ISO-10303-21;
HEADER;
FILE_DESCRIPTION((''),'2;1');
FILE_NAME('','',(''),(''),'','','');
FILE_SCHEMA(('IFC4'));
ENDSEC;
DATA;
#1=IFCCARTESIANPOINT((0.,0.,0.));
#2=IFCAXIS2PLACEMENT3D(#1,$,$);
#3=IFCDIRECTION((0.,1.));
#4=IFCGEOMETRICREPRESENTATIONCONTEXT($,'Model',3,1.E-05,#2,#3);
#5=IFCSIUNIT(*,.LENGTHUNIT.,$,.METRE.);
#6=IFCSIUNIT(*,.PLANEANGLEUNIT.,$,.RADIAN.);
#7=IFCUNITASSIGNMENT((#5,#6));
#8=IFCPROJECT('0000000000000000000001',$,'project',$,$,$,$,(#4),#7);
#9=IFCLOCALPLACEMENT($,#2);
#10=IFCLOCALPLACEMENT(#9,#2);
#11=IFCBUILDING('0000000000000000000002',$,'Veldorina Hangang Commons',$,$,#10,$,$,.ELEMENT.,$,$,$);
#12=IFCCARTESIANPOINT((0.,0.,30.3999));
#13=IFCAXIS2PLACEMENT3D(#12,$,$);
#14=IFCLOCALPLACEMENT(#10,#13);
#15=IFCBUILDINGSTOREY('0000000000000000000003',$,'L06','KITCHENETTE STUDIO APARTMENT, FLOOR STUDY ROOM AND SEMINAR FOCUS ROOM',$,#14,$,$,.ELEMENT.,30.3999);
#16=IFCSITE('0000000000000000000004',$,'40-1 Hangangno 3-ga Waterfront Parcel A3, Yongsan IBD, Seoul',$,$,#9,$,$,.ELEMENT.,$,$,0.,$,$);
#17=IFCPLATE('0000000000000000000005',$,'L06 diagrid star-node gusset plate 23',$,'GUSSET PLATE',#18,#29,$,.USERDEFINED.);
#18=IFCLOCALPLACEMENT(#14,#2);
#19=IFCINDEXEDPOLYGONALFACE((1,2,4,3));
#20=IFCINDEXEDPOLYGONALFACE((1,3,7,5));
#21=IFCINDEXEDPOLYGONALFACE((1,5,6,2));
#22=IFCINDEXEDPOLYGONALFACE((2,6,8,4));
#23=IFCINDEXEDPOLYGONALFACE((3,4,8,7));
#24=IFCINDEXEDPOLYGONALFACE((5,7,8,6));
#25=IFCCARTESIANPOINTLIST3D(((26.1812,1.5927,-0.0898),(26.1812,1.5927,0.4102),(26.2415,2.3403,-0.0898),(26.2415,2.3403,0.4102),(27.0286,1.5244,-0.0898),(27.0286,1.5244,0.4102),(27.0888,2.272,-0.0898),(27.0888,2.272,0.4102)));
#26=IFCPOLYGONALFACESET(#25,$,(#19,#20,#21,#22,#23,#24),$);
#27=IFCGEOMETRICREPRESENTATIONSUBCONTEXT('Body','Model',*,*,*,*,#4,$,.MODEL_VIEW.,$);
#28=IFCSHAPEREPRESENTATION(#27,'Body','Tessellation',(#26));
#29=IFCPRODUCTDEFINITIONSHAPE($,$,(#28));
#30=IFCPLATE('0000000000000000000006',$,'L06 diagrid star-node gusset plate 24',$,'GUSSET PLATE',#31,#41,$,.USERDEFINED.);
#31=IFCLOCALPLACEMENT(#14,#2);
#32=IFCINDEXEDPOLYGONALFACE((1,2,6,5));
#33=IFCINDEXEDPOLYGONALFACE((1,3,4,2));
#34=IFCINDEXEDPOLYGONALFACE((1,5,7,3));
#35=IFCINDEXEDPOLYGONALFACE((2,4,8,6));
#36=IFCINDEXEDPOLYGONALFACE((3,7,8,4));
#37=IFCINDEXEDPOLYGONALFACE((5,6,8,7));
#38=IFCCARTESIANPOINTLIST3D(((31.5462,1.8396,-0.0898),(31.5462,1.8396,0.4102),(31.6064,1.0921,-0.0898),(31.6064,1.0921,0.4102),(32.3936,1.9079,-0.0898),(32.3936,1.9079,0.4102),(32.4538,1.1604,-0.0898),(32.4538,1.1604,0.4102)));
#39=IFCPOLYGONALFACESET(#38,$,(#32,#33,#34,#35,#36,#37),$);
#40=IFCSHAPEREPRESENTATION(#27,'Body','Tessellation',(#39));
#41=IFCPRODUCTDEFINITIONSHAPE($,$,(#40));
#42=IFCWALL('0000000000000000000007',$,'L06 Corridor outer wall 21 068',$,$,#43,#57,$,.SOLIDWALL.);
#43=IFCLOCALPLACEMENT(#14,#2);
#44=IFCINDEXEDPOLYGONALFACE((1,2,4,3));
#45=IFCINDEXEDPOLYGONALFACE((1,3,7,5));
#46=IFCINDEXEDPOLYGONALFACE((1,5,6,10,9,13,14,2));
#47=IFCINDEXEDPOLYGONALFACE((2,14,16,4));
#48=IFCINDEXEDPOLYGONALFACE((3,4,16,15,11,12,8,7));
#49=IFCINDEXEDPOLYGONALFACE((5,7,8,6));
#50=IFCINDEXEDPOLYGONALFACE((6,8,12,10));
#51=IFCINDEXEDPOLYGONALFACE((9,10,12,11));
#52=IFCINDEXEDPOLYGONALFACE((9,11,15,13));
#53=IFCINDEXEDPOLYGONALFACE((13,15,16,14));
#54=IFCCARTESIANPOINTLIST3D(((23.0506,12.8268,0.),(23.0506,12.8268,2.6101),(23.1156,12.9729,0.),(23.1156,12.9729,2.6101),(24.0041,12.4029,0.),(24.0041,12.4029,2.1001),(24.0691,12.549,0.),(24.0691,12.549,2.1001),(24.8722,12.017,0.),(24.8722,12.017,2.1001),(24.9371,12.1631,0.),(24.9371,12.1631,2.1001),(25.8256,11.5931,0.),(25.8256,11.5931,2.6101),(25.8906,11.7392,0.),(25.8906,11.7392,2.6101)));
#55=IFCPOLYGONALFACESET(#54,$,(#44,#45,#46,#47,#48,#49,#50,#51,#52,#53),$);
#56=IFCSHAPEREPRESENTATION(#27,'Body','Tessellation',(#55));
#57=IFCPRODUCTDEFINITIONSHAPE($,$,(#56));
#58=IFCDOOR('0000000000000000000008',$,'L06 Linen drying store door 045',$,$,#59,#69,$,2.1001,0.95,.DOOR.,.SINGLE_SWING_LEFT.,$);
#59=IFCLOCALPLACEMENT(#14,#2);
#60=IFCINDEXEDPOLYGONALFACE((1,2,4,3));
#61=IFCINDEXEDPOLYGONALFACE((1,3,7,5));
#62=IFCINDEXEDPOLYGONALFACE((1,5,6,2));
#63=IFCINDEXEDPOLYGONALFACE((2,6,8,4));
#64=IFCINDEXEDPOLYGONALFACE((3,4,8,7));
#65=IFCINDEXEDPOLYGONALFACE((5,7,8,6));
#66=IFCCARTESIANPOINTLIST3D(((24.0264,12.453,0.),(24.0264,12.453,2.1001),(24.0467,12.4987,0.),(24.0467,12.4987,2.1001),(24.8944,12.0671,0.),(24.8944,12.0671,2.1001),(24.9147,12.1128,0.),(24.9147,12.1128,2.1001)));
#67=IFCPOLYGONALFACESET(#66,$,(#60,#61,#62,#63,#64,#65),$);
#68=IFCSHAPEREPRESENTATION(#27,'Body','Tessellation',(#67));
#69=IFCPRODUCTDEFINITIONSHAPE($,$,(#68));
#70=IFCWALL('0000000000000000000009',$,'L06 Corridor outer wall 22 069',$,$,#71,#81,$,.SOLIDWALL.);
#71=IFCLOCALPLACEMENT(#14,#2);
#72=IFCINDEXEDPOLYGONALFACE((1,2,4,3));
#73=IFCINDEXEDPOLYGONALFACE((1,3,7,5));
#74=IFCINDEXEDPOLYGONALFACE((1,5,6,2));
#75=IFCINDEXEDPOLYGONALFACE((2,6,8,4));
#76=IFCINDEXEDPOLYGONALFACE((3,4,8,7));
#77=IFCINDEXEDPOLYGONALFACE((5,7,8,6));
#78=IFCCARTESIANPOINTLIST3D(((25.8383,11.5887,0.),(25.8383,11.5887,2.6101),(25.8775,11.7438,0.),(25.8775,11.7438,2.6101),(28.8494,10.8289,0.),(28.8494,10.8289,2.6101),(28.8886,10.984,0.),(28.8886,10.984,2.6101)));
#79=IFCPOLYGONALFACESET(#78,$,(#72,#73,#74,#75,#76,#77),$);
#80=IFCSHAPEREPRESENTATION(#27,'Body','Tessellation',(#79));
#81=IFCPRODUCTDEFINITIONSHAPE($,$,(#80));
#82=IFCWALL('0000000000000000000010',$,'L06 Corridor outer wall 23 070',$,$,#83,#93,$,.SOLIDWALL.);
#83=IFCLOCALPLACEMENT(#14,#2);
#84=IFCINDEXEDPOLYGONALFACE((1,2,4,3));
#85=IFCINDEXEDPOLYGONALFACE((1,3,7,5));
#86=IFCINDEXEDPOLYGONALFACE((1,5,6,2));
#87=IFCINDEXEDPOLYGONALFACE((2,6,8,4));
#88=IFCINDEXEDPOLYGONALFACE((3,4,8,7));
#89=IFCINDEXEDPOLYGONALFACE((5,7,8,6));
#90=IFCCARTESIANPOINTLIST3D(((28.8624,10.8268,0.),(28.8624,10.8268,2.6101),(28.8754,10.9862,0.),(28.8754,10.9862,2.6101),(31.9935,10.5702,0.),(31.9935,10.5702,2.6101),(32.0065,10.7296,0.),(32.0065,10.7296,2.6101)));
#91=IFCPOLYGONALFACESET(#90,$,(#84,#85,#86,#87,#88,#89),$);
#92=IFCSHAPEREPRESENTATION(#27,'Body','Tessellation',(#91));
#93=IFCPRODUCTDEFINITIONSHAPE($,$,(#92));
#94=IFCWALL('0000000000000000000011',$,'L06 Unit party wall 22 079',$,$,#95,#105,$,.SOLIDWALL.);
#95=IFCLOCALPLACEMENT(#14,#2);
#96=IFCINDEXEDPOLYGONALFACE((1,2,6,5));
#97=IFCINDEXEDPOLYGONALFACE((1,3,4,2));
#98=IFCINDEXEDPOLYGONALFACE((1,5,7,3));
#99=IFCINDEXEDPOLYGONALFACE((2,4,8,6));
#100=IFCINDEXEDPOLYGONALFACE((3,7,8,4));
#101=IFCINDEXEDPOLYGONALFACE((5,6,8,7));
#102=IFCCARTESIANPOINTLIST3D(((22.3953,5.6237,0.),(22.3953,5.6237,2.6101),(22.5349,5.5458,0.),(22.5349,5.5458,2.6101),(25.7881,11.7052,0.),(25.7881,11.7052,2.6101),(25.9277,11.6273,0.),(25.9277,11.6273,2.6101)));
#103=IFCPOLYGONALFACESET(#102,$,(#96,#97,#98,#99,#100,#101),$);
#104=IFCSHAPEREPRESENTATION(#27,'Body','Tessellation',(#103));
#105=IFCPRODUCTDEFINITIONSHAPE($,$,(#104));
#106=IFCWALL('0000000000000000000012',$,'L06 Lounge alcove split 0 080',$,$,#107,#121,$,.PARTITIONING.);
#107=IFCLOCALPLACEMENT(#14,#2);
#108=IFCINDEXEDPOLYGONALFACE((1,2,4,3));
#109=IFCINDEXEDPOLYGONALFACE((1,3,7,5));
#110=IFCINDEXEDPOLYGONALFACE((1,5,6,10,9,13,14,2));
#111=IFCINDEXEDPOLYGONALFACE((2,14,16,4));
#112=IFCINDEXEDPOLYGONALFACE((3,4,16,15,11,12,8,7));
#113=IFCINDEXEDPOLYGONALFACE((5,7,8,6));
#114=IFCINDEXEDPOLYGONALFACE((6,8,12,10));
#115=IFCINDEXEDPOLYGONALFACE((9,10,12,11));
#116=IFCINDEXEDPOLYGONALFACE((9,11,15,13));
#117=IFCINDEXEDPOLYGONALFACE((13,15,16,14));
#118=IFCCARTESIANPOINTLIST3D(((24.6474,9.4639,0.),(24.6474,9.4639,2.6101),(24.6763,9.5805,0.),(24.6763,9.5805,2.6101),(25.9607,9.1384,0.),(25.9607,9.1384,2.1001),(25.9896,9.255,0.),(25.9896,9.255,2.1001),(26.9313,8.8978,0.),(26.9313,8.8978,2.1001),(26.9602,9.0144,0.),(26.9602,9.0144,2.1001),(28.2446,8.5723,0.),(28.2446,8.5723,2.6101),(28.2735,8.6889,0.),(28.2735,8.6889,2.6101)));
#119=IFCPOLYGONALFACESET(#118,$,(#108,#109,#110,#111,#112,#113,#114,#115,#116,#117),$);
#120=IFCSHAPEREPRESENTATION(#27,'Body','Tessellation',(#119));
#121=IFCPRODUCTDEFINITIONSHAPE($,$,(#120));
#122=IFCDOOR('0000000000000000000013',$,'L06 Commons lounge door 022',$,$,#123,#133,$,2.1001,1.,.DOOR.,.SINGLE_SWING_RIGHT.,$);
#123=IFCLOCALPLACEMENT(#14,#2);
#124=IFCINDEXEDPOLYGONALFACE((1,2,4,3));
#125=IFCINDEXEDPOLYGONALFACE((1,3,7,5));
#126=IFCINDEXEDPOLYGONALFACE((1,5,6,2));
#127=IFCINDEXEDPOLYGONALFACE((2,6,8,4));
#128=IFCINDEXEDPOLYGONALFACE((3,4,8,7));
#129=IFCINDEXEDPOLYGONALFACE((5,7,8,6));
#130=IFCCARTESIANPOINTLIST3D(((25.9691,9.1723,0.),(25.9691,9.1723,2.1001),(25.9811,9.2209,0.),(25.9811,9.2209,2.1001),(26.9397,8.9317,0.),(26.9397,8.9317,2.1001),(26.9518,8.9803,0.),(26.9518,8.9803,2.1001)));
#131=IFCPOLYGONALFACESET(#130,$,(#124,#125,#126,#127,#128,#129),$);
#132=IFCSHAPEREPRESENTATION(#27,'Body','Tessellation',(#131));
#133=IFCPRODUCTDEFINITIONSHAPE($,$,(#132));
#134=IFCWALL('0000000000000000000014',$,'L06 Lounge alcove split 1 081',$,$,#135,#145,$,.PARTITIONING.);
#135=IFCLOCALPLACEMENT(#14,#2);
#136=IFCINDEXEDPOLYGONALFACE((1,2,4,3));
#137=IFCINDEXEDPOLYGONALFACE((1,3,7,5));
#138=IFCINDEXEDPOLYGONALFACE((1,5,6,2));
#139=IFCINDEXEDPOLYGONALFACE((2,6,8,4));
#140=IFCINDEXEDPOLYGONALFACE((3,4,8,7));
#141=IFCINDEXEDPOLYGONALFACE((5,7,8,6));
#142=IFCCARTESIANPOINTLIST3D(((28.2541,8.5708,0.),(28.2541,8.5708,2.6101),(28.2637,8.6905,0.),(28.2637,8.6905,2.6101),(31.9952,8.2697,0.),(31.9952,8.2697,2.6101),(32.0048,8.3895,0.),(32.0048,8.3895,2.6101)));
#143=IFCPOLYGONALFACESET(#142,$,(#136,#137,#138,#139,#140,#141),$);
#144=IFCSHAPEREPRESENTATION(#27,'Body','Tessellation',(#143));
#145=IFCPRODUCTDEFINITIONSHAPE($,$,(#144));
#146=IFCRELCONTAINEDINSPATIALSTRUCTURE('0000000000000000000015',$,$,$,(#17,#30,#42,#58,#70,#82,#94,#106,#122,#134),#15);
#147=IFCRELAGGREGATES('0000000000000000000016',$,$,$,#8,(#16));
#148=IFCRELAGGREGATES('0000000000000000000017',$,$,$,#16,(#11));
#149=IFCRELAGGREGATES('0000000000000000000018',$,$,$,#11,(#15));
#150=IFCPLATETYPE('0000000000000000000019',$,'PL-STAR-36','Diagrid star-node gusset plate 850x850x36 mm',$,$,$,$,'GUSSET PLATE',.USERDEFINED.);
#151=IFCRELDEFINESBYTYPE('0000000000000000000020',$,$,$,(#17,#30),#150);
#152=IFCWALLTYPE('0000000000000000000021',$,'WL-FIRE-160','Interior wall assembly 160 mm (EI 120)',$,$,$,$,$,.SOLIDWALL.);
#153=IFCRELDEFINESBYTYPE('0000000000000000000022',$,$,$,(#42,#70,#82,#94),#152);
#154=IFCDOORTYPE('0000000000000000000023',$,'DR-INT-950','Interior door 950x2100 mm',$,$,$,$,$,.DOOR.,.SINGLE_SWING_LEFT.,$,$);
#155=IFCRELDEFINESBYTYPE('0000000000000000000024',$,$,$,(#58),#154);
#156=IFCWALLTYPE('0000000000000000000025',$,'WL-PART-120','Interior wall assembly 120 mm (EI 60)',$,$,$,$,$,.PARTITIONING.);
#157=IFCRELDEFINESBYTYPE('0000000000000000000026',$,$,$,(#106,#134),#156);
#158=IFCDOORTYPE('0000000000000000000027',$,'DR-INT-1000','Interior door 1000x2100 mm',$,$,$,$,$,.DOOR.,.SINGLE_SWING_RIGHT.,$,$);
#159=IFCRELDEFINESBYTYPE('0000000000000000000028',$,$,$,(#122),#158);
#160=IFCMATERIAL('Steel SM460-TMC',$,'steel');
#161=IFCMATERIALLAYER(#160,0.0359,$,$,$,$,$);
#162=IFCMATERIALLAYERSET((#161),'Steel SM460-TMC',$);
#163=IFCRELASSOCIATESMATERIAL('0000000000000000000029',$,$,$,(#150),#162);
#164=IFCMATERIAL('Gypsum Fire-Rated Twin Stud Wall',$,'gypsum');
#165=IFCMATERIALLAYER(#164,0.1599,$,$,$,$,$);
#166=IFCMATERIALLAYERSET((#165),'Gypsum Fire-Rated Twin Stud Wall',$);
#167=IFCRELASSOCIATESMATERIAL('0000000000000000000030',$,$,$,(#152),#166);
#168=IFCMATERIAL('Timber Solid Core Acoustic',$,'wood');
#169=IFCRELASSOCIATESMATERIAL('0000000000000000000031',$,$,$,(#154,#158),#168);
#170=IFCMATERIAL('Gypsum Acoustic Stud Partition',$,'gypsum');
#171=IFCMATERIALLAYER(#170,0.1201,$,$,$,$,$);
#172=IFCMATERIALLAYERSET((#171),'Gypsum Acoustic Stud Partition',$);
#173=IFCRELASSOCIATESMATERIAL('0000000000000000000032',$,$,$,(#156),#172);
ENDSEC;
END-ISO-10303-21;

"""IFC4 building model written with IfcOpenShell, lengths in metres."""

from ifc_helpers import new_model, si_unit, direction, frame, frame_2d, origin, origin_2d, place, context, subcontext, project, spatial, rectangle, extrude, material, layer, layer_set, type_object, element, fill, save


model = new_model("IFC4")

# Units and contexts
model_context = context("Model", 3, precision=1e-05, world=origin(), true_north=direction((0.0, 1.0)))
body_context = subcontext(model_context, "Body", "Model", "MODEL_VIEW")
ifc_project = project(units=[si_unit("LENGTHUNIT", "METRE"), si_unit("PLANEANGLEUNIT", "RADIAN")], contexts=[model_context])

# Site, building, storey
site_placement = place(None, origin())
site = spatial("IfcSite", under=ifc_project, at=site_placement, Name="40-1 Hangangno 3-ga Waterfront Parcel A3, Yongsan IBD, Seoul", CompositionType="ELEMENT", RefElevation=0.0)
building_placement = place(site_placement, origin())
building = spatial("IfcBuilding", under=site, at=building_placement, Name="Veldorina Hangang Commons", CompositionType="ELEMENT")
storey_placement = place(building_placement, frame((0.0, 0.0, 30.3999)))
storey = spatial("IfcBuildingStorey", under=building, at=storey_placement, Name="L06", Description="KITCHENETTE STUDIO APARTMENT, FLOOR STUDY ROOM AND SEMINAR FOCUS ROOM", CompositionType="ELEMENT", Elevation=30.3999)

# Shared definitions
ifc_material_1 = material(Name="Steel SM460-TMC", Category="steel")

# Plates
ifc_layer_1 = layer(ifc_material_1, 0.0359)
ifc_layer_set_1 = layer_set([ifc_layer_1], Name="Steel SM460-TMC")
plate_type_1 = type_object("IfcPlateType", Name="PL-STAR-36", Description="Diagrid star-node gusset plate 850x850x36 mm", ElementType="GUSSET PLATE", PredefinedType="USERDEFINED", material=ifc_layer_set_1)
for number, where, z_axis, x_axis, name in (
    (1, (26.635, 1.9324, -0.0898), (0.0, 0.0, 1.0), (0.996769, -0.080321, 0.0), "L06 diagrid star-node gusset plate 23"),
    (2, (32.0, 1.5, -0.0898), (0.0, 0.0, 1.0), (0.996769, 0.080321, 0.0), "L06 diagrid star-node gusset plate 24"),
):
    element("IfcPlate", number, at=place(storey_placement, frame(where, z_axis=z_axis, x_axis=x_axis)), inside=storey, type_object=plate_type_1, Name=name, ObjectType="GUSSET PLATE", PredefinedType="USERDEFINED", context=body_context, shape_type="SweptSolid", body=[
        extrude(rectangle(XDim=0.8501, YDim=0.75, at=origin_2d()), origin(), (0.0, 0.0, 1.0), 0.5),
    ])

# Wall, opening, door
ifc_material_2 = material(Name="Gypsum Fire-Rated Twin Stud Wall", Category="gypsum")
ifc_layer_2 = layer(ifc_material_2, 0.1599)
ifc_layer_set_2 = layer_set([ifc_layer_2], Name="Gypsum Fire-Rated Twin Stud Wall")
wall_type_1 = type_object("IfcWallType", Name="WL-FIRE-160", Description="Interior wall assembly 160 mm (EI 120)", PredefinedType="SOLIDWALL", material=ifc_layer_set_2)
wall_1_placement = place(storey_placement, frame((23.083, 12.8999, 0.0), z_axis=(0.0, 0.0, 1.0), x_axis=(0.913768, -0.406235, 0.0)))
wall_1 = element("IfcWall", 3, at=wall_1_placement, inside=storey, type_object=wall_type_1, Name="L06 Corridor outer wall 21 068", PredefinedType="SOLIDWALL", context=body_context, shape_type="SweptSolid", body=[
    extrude(rectangle(XDim=3.0369, YDim=0.1599, at=frame_2d((1.5186, 0.0))), origin(), (0.0, 0.0, 1.0), 2.6101),
])
opening_1_placement = place(wall_1_placement, frame((1.0435, 0.0, 0.0)))
opening_1 = element("IfcOpeningElement", 4, at=opening_1_placement, cuts=wall_1, PredefinedType="OPENING", context=body_context, shape_type="SweptSolid", body=[
    extrude(rectangle(XDim=0.95, YDim=2.1001, at=frame_2d((0.4751, 1.05))), frame((0.0, 0.0898, 0.0), z_axis=(0.0, -1.0, 0.0), x_axis=(1.0, 0.0, 0.0)), (0.0, 0.0, 1.0), 0.1799),
])
ifc_material_3 = material(Name="Timber Solid Core Acoustic", Category="wood")
door_type_1 = type_object("IfcDoorType", Name="DR-INT-950", Description="Interior door 950x2100 mm", OperationType="SINGLE_SWING_LEFT", PredefinedType="DOOR", material=ifc_material_3)
door_1_placement = place(opening_1_placement, origin())
door_1 = element("IfcDoor", 5, at=door_1_placement, inside=storey, type_object=door_type_1, Name="L06 Linen drying store door 045", OperationType="SINGLE_SWING_LEFT", OverallHeight=2.1001, OverallWidth=0.95, PredefinedType="DOOR", context=body_context, shape_type="SweptSolid", body=[
    extrude(rectangle(XDim=0.95, YDim=2.1001, at=frame_2d((0.4751, 1.05))), frame((0.0, 0.0249, 0.0), z_axis=(0.0, -1.0, 0.0), x_axis=(1.0, 0.0, 0.0)), (0.0, 0.0, 1.0), 0.05),
])
fill(opening_1, door_1)

# Walls
wall_2_placement = place(storey_placement, frame((25.8579, 11.6663, 0.0), z_axis=(0.0, 0.0, 1.0), x_axis=(0.969608, -0.244662, 0.0)))
element("IfcWall", 6, at=wall_2_placement, inside=storey, type_object=wall_type_1, Name="L06 Corridor outer wall 22 069", PredefinedType="SOLIDWALL", context=body_context, shape_type="SweptSolid", body=[
    extrude(rectangle(XDim=3.1055, YDim=0.1599, at=frame_2d((1.5527, 0.0))), origin(), (0.0, 0.0, 1.0), 2.6101),
])
wall_3_placement = place(storey_placement, frame((28.8689, 10.9065, 0.0), z_axis=(0.0, 0.0, 1.0), x_axis=(0.996659, -0.081676, 0.0)))
element("IfcWall", 7, at=wall_3_placement, inside=storey, type_object=wall_type_1, Name="L06 Corridor outer wall 23 070", PredefinedType="SOLIDWALL", context=body_context, shape_type="SweptSolid", body=[
    extrude(rectangle(XDim=3.1416, YDim=0.1599, at=frame_2d((1.5708, 0.0))), origin(), (0.0, 0.0, 1.0), 2.6101),
])
wall_4_placement = place(storey_placement, frame((25.8579, 11.6663, 0.0), z_axis=(0.0, 0.0, 1.0), x_axis=(-0.487199, -0.873291, 0.0)))
element("IfcWall", 8, at=wall_4_placement, inside=storey, type_object=wall_type_1, Name="L06 Unit party wall 22 079", PredefinedType="SOLIDWALL", context=body_context, shape_type="SweptSolid", body=[
    extrude(rectangle(XDim=6.9639, YDim=0.1599, at=frame_2d((3.4819, 0.0))), origin(), (0.0, 0.0, 1.0), 2.6101),
])

# Wall, opening, door
ifc_material_4 = material(Name="Gypsum Acoustic Stud Partition", Category="gypsum")
ifc_layer_3 = layer(ifc_material_4, 0.1201)
ifc_layer_set_3 = layer_set([ifc_layer_3], Name="Gypsum Acoustic Stud Partition")
wall_type_2 = type_object("IfcWallType", Name="WL-PART-120", Description="Interior wall assembly 120 mm (EI 60)", PredefinedType="PARTITIONING", material=ifc_layer_set_3)
wall_5_placement = place(storey_placement, frame((24.6619, 9.5222, 0.0), z_axis=(0.0, 0.0, 1.0), x_axis=(0.970629, -0.240582, 0.0)))
wall_5 = element("IfcWall", 9, at=wall_5_placement, inside=storey, type_object=wall_type_2, Name="L06 Lounge alcove split 0 080", PredefinedType="PARTITIONING", context=body_context, shape_type="SweptSolid", body=[
    extrude(rectangle(XDim=3.7061, YDim=0.1201, at=frame_2d((1.853, 0.0))), origin(), (0.0, 0.0, 1.0), 2.6101),
])
opening_2_placement = place(wall_5_placement, frame((1.353, 0.0, 0.0)))
opening_2 = element("IfcOpeningElement", 10, at=opening_2_placement, cuts=wall_5, PredefinedType="OPENING", context=body_context, shape_type="SweptSolid", body=[
    extrude(rectangle(XDim=1.0, YDim=2.1001, at=frame_2d((0.5, 1.05))), frame((0.0, 0.0701, 0.0), z_axis=(0.0, -1.0, 0.0), x_axis=(1.0, 0.0, 0.0)), (0.0, 0.0, 1.0), 0.1401),
])
door_type_2 = type_object("IfcDoorType", Name="DR-INT-1000", Description="Interior door 1000x2100 mm", OperationType="SINGLE_SWING_RIGHT", PredefinedType="DOOR", material=ifc_material_3)
door_2_placement = place(opening_2_placement, origin())
door_2 = element("IfcDoor", 11, at=door_2_placement, inside=storey, type_object=door_type_2, Name="L06 Commons lounge door 022", OperationType="SINGLE_SWING_RIGHT", OverallHeight=2.1001, OverallWidth=1.0, PredefinedType="DOOR", context=body_context, shape_type="SweptSolid", body=[
    extrude(rectangle(XDim=1.0, YDim=2.1001, at=frame_2d((0.5, 1.05))), frame((0.0, 0.0249, 0.0), z_axis=(0.0, -1.0, 0.0), x_axis=(1.0, 0.0, 0.0)), (0.0, 0.0, 1.0), 0.05),
])
fill(opening_2, door_2)

# Wall
wall_6_placement = place(storey_placement, frame((28.259, 8.6306, 0.0), z_axis=(0.0, 0.0, 1.0), x_axis=(0.996778, -0.080208, 0.0)))
element("IfcWall", 12, at=wall_6_placement, inside=storey, type_object=wall_type_2, Name="L06 Lounge alcove split 1 081", PredefinedType="PARTITIONING", context=body_context, shape_type="SweptSolid", body=[
    extrude(rectangle(XDim=3.7532, YDim=0.1201, at=frame_2d((1.8765, 0.0))), origin(), (0.0, 0.0, 1.0), 2.6101),
])

save(model, "model.ifc")
